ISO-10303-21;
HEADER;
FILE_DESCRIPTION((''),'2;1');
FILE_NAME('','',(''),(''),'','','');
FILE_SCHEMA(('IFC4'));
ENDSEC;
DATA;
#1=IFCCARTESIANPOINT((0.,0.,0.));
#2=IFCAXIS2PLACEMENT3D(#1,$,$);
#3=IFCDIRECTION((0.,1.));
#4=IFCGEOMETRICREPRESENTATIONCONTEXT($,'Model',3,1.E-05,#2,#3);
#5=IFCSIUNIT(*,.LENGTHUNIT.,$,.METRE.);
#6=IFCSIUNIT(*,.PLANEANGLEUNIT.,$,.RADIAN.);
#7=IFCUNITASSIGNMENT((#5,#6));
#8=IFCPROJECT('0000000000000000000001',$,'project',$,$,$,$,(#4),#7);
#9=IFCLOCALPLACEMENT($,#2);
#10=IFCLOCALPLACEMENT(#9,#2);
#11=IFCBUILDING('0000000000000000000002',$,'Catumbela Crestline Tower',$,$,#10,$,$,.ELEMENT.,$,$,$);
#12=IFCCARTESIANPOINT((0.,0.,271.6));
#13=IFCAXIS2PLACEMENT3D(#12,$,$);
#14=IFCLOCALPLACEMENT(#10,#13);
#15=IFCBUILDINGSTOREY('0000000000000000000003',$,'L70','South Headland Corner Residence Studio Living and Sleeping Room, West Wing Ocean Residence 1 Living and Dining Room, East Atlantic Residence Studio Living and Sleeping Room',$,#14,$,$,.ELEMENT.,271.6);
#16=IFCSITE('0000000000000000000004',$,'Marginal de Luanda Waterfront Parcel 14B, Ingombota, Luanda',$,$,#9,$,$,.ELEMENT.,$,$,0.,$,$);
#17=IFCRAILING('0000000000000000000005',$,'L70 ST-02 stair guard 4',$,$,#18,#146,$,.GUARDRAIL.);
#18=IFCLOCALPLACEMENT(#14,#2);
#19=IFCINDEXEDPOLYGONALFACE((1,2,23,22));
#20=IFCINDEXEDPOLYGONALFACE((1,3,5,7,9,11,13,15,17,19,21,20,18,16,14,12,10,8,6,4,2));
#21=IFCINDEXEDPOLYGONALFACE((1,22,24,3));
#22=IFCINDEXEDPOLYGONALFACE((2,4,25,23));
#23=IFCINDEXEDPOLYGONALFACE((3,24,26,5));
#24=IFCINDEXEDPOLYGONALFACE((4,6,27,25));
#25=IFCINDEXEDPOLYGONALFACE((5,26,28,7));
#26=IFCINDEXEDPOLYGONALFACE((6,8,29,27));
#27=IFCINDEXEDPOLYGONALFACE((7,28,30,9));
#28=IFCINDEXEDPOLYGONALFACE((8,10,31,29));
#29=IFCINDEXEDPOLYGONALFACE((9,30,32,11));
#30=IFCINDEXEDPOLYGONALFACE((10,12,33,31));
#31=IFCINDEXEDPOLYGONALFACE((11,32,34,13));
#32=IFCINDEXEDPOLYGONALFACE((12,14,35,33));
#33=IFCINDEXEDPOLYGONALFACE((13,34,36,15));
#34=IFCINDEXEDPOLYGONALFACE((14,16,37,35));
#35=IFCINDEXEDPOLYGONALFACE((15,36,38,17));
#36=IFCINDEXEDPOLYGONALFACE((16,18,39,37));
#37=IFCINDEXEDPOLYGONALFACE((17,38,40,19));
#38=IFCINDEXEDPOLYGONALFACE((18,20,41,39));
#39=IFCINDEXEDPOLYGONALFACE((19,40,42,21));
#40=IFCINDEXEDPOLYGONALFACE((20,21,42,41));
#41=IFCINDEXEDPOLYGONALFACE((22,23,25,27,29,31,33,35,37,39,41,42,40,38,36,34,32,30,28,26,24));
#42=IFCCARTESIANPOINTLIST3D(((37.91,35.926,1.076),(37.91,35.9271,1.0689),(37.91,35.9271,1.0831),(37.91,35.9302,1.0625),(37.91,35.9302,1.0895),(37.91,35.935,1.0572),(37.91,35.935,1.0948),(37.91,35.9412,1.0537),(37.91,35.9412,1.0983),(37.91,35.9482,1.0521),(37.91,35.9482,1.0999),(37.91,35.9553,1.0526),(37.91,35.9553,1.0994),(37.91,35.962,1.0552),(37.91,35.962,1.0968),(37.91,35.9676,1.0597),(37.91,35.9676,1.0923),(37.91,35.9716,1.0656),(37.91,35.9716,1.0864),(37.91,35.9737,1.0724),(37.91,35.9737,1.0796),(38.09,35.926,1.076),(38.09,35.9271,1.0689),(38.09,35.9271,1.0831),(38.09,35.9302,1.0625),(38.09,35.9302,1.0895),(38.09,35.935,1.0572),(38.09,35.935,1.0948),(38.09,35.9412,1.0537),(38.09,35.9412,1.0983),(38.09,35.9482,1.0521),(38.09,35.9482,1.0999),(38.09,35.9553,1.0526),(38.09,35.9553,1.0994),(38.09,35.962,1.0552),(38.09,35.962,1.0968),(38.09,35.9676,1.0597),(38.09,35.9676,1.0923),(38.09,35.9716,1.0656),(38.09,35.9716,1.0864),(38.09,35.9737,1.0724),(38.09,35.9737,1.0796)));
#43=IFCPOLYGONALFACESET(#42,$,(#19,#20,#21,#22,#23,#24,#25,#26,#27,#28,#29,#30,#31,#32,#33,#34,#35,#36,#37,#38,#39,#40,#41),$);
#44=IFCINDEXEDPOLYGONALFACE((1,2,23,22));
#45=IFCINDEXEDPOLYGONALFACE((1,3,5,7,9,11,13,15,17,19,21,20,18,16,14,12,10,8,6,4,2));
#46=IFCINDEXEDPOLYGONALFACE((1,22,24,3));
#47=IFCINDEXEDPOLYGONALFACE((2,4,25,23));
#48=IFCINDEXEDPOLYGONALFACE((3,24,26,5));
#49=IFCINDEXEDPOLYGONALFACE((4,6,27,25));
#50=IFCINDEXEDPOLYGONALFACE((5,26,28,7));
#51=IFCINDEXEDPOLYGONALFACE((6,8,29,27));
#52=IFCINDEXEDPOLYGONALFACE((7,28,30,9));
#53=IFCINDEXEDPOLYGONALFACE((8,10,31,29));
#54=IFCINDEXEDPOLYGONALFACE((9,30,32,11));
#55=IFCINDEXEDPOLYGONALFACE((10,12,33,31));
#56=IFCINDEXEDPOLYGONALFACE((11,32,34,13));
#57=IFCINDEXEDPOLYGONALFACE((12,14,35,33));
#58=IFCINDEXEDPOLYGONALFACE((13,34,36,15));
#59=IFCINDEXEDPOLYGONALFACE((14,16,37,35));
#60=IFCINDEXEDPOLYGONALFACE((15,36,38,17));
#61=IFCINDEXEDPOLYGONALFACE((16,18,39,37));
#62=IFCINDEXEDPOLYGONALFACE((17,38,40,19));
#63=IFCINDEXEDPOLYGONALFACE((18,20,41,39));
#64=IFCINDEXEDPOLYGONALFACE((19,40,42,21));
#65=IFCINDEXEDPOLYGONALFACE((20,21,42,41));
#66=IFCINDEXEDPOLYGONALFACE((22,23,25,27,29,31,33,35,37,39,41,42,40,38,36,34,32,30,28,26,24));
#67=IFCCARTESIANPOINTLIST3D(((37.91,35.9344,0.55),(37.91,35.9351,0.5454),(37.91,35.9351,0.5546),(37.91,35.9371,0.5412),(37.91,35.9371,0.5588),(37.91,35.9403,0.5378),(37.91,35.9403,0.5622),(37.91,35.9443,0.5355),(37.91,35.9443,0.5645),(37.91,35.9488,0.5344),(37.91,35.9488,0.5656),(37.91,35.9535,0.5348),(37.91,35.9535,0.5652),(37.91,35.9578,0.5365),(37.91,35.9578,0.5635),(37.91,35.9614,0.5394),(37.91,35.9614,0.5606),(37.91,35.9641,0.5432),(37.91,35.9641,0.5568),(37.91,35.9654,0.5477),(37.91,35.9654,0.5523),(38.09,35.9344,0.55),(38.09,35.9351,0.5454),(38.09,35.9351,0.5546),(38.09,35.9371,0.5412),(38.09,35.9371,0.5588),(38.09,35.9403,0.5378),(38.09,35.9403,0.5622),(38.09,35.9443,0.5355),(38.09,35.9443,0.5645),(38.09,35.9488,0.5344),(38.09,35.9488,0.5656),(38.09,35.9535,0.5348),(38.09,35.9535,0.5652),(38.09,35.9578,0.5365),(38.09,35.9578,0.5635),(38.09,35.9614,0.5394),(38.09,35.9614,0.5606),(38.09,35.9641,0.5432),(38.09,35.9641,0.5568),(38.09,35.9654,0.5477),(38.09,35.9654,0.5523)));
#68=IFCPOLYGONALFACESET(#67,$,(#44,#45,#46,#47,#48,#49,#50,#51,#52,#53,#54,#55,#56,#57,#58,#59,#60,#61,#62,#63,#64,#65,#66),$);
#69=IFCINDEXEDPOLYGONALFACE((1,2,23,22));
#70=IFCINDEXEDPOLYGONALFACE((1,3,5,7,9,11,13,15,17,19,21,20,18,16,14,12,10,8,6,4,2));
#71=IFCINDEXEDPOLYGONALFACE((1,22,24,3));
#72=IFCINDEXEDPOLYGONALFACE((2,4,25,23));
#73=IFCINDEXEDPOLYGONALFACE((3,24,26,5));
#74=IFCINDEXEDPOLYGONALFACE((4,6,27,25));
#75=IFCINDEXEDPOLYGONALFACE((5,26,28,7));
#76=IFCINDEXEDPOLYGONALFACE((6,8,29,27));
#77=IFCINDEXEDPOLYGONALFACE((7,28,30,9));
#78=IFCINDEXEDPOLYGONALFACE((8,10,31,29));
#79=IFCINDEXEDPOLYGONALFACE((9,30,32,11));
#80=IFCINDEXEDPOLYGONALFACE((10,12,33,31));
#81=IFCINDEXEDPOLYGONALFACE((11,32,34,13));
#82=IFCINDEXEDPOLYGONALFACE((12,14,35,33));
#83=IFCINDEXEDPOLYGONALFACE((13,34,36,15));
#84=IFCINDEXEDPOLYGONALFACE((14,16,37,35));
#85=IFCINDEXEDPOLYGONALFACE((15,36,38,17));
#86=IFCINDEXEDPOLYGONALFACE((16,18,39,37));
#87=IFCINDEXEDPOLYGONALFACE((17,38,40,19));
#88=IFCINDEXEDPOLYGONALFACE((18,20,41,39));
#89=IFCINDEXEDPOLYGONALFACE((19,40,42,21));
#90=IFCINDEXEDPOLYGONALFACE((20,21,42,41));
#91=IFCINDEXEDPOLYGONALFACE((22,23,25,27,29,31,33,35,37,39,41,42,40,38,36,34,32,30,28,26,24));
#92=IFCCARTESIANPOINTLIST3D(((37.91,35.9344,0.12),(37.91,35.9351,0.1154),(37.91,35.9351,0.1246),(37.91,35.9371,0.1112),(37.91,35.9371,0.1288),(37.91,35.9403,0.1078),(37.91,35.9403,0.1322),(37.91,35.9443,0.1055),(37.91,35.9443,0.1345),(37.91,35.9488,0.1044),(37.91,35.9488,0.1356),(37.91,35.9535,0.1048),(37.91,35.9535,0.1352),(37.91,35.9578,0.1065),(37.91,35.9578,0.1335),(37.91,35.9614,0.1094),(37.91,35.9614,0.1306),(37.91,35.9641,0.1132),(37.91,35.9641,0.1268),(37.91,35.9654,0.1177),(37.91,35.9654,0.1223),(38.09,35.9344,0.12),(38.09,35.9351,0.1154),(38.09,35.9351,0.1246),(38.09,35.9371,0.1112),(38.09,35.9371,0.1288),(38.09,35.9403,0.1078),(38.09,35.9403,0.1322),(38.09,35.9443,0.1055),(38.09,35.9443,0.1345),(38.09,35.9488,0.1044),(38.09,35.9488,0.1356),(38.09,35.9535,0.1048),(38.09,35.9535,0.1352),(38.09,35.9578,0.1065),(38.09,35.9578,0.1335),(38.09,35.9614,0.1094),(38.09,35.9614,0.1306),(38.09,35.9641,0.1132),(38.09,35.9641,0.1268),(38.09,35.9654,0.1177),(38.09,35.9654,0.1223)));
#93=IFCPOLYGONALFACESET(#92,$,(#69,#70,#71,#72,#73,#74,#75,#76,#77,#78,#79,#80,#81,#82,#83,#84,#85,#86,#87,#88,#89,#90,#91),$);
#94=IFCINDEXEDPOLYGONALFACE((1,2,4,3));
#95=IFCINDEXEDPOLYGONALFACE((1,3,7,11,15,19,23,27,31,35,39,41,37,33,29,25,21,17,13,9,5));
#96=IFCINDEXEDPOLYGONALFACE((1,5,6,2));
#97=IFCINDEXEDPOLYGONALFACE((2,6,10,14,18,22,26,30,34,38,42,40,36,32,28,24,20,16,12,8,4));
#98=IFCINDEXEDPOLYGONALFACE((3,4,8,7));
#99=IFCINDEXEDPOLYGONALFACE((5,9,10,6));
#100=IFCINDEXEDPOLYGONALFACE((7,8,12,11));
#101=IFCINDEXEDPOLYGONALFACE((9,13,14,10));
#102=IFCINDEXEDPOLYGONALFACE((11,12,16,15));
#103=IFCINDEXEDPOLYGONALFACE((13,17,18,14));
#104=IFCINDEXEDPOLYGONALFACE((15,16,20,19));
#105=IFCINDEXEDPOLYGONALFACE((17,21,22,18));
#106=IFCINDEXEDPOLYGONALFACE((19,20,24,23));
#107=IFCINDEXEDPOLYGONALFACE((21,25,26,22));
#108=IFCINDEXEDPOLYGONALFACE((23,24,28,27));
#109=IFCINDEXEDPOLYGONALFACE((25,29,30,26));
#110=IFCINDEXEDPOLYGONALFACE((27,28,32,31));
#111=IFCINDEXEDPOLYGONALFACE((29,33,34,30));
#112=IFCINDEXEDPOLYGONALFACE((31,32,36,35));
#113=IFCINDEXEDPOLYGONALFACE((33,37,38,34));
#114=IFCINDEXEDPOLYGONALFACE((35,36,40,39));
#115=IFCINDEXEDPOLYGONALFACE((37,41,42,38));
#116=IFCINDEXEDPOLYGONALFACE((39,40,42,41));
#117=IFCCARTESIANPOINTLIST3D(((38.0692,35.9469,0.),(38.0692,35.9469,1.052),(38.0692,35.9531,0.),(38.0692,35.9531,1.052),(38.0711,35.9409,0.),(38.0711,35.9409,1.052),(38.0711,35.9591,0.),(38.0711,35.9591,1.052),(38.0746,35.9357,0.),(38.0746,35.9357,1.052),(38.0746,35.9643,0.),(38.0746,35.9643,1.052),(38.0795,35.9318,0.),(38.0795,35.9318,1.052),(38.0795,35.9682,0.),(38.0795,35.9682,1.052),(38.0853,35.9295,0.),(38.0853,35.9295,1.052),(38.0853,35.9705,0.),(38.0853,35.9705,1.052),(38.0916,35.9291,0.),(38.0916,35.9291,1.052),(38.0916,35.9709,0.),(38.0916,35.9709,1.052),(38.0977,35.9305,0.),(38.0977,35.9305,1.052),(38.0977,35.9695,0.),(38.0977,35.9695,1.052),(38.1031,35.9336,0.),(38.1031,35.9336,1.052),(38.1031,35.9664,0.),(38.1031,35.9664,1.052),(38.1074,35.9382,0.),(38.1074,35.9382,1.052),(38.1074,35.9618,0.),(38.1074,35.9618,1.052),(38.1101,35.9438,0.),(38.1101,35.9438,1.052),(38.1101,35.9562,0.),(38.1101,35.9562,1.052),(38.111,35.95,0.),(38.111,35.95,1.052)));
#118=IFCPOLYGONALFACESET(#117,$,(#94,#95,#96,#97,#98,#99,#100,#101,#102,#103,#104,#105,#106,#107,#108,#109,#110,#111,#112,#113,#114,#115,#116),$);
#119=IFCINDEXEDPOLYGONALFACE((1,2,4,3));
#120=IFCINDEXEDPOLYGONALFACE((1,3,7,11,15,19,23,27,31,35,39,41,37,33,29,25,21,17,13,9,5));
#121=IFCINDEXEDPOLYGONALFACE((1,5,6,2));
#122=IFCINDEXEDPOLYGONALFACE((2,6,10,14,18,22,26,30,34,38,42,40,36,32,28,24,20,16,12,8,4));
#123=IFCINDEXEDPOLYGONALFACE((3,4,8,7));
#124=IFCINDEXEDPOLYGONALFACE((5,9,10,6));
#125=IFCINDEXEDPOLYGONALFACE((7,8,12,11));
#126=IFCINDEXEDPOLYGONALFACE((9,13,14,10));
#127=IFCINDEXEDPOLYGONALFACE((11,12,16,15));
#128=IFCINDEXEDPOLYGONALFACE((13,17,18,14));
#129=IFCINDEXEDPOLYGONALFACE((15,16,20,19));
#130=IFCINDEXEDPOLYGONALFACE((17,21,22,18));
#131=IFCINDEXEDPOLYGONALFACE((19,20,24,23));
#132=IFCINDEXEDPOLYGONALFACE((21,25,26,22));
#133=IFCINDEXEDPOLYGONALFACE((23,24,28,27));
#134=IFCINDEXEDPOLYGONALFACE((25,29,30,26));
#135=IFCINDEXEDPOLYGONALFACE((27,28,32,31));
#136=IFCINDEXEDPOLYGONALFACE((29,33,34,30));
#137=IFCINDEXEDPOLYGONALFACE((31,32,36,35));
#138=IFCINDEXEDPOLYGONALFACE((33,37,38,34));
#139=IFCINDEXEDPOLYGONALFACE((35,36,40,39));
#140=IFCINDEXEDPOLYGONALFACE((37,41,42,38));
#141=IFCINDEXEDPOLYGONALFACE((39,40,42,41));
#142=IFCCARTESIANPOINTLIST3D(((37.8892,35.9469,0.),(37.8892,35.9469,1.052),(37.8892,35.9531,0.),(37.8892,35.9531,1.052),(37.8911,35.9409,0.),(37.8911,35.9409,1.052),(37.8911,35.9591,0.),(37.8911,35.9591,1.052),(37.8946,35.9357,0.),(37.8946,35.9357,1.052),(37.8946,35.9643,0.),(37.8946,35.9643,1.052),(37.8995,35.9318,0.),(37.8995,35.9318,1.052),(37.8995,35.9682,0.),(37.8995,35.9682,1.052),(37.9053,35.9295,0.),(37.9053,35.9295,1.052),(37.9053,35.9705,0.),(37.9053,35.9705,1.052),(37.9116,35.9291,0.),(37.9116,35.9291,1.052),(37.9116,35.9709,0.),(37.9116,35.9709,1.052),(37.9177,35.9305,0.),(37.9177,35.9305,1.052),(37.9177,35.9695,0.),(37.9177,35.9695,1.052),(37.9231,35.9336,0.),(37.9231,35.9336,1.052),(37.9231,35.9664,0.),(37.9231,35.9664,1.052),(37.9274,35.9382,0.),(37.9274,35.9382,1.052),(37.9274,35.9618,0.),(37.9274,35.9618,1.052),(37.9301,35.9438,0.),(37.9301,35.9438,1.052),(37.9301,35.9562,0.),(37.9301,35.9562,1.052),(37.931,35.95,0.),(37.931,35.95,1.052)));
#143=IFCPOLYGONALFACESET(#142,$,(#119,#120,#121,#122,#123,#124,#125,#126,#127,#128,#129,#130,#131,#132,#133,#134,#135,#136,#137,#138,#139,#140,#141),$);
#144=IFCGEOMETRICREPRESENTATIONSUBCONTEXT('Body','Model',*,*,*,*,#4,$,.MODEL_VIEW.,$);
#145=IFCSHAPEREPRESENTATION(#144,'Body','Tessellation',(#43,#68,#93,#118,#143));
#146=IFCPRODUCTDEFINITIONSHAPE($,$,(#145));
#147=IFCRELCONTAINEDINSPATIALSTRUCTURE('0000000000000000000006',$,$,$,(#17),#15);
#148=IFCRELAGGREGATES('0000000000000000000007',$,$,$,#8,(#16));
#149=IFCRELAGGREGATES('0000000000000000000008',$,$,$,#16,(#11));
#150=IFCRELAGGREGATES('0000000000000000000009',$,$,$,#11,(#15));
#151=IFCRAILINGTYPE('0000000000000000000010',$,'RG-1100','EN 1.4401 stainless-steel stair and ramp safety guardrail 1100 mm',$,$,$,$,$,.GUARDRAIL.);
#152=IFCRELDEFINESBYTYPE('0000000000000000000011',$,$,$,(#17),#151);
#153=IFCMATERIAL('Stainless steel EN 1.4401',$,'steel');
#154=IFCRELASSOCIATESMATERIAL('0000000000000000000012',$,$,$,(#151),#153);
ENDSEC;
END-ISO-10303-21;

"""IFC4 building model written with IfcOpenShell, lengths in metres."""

from ifc_helpers import new_model, si_unit, direction, frame, origin, origin_2d, place, context, subcontext, project, spatial, circle, extrude, material, type_object, element, save


model = new_model("IFC4")

# Units and contexts
model_context = context("Model", 3, precision=1e-05, world=origin(), true_north=direction((0.0, 1.0)))
body_context = subcontext(model_context, "Body", "Model", "MODEL_VIEW")
ifc_project = project(units=[si_unit("LENGTHUNIT", "METRE"), si_unit("PLANEANGLEUNIT", "RADIAN")], contexts=[model_context])

# Site, building, storey
site_placement = place(None, origin())
site = spatial("IfcSite", under=ifc_project, at=site_placement, Name="Marginal de Luanda Waterfront Parcel 14B, Ingombota, Luanda", CompositionType="ELEMENT", RefElevation=0.0)
building_placement = place(site_placement, origin())
building = spatial("IfcBuilding", under=site, at=building_placement, Name="Catumbela Crestline Tower", CompositionType="ELEMENT")
storey_placement = place(building_placement, frame((0.0, 0.0, 271.6)))
storey = spatial("IfcBuildingStorey", under=building, at=storey_placement, Name="L70", Description="South Headland Corner Residence Studio Living and Sleeping Room, West Wing Ocean Residence 1 Living and Dining Room, East Atlantic Residence Studio Living and Sleeping Room", CompositionType="ELEMENT", Elevation=271.6)

# Shared definitions
ifc_material_1 = material(Name="Stainless steel EN 1.4401", Category="steel")

# Railing
railing_type_1 = type_object("IfcRailingType", Name="RG-1100", Description="EN 1.4401 stainless-steel stair and ramp safety guardrail 1100 mm", PredefinedType="GUARDRAIL", material=ifc_material_1)
railing_1_placement = place(storey_placement, frame((38.09, 35.95, 0.0)))
element("IfcRailing", 1, at=railing_1_placement, inside=storey, type_object=railing_type_1, Name="L70 ST-02 stair guard 4", PredefinedType="GUARDRAIL", context=body_context, shape_type="SweptSolid", body=[
    extrude(circle(Radius=0.024, at=origin_2d()), frame((0.0, 0.0, 1.076), z_axis=(-1.0, 0.0, 0.0), x_axis=(0.0, -1.0, 0.0)), (0.0, 0.0, 1.0), 0.18),
    extrude(circle(Radius=0.0156, at=origin_2d()), frame((0.0, 0.0, 0.55), z_axis=(-1.0, 0.0, 0.0), x_axis=(0.0, -1.0, 0.0)), (0.0, 0.0, 1.0), 0.18),
    extrude(circle(Radius=0.0156, at=origin_2d()), frame((0.0, 0.0, 0.12), z_axis=(-1.0, 0.0, 0.0), x_axis=(0.0, -1.0, 0.0)), (0.0, 0.0, 1.0), 0.18),
    extrude(circle(Radius=0.021, at=origin_2d()), origin(), (0.0, 0.0, 1.0), 1.052),
    extrude(circle(Radius=0.021, at=origin_2d()), frame((-0.18, 0.0, 0.0)), (0.0, 0.0, 1.0), 1.052),
])

save(model, "model.ifc")
